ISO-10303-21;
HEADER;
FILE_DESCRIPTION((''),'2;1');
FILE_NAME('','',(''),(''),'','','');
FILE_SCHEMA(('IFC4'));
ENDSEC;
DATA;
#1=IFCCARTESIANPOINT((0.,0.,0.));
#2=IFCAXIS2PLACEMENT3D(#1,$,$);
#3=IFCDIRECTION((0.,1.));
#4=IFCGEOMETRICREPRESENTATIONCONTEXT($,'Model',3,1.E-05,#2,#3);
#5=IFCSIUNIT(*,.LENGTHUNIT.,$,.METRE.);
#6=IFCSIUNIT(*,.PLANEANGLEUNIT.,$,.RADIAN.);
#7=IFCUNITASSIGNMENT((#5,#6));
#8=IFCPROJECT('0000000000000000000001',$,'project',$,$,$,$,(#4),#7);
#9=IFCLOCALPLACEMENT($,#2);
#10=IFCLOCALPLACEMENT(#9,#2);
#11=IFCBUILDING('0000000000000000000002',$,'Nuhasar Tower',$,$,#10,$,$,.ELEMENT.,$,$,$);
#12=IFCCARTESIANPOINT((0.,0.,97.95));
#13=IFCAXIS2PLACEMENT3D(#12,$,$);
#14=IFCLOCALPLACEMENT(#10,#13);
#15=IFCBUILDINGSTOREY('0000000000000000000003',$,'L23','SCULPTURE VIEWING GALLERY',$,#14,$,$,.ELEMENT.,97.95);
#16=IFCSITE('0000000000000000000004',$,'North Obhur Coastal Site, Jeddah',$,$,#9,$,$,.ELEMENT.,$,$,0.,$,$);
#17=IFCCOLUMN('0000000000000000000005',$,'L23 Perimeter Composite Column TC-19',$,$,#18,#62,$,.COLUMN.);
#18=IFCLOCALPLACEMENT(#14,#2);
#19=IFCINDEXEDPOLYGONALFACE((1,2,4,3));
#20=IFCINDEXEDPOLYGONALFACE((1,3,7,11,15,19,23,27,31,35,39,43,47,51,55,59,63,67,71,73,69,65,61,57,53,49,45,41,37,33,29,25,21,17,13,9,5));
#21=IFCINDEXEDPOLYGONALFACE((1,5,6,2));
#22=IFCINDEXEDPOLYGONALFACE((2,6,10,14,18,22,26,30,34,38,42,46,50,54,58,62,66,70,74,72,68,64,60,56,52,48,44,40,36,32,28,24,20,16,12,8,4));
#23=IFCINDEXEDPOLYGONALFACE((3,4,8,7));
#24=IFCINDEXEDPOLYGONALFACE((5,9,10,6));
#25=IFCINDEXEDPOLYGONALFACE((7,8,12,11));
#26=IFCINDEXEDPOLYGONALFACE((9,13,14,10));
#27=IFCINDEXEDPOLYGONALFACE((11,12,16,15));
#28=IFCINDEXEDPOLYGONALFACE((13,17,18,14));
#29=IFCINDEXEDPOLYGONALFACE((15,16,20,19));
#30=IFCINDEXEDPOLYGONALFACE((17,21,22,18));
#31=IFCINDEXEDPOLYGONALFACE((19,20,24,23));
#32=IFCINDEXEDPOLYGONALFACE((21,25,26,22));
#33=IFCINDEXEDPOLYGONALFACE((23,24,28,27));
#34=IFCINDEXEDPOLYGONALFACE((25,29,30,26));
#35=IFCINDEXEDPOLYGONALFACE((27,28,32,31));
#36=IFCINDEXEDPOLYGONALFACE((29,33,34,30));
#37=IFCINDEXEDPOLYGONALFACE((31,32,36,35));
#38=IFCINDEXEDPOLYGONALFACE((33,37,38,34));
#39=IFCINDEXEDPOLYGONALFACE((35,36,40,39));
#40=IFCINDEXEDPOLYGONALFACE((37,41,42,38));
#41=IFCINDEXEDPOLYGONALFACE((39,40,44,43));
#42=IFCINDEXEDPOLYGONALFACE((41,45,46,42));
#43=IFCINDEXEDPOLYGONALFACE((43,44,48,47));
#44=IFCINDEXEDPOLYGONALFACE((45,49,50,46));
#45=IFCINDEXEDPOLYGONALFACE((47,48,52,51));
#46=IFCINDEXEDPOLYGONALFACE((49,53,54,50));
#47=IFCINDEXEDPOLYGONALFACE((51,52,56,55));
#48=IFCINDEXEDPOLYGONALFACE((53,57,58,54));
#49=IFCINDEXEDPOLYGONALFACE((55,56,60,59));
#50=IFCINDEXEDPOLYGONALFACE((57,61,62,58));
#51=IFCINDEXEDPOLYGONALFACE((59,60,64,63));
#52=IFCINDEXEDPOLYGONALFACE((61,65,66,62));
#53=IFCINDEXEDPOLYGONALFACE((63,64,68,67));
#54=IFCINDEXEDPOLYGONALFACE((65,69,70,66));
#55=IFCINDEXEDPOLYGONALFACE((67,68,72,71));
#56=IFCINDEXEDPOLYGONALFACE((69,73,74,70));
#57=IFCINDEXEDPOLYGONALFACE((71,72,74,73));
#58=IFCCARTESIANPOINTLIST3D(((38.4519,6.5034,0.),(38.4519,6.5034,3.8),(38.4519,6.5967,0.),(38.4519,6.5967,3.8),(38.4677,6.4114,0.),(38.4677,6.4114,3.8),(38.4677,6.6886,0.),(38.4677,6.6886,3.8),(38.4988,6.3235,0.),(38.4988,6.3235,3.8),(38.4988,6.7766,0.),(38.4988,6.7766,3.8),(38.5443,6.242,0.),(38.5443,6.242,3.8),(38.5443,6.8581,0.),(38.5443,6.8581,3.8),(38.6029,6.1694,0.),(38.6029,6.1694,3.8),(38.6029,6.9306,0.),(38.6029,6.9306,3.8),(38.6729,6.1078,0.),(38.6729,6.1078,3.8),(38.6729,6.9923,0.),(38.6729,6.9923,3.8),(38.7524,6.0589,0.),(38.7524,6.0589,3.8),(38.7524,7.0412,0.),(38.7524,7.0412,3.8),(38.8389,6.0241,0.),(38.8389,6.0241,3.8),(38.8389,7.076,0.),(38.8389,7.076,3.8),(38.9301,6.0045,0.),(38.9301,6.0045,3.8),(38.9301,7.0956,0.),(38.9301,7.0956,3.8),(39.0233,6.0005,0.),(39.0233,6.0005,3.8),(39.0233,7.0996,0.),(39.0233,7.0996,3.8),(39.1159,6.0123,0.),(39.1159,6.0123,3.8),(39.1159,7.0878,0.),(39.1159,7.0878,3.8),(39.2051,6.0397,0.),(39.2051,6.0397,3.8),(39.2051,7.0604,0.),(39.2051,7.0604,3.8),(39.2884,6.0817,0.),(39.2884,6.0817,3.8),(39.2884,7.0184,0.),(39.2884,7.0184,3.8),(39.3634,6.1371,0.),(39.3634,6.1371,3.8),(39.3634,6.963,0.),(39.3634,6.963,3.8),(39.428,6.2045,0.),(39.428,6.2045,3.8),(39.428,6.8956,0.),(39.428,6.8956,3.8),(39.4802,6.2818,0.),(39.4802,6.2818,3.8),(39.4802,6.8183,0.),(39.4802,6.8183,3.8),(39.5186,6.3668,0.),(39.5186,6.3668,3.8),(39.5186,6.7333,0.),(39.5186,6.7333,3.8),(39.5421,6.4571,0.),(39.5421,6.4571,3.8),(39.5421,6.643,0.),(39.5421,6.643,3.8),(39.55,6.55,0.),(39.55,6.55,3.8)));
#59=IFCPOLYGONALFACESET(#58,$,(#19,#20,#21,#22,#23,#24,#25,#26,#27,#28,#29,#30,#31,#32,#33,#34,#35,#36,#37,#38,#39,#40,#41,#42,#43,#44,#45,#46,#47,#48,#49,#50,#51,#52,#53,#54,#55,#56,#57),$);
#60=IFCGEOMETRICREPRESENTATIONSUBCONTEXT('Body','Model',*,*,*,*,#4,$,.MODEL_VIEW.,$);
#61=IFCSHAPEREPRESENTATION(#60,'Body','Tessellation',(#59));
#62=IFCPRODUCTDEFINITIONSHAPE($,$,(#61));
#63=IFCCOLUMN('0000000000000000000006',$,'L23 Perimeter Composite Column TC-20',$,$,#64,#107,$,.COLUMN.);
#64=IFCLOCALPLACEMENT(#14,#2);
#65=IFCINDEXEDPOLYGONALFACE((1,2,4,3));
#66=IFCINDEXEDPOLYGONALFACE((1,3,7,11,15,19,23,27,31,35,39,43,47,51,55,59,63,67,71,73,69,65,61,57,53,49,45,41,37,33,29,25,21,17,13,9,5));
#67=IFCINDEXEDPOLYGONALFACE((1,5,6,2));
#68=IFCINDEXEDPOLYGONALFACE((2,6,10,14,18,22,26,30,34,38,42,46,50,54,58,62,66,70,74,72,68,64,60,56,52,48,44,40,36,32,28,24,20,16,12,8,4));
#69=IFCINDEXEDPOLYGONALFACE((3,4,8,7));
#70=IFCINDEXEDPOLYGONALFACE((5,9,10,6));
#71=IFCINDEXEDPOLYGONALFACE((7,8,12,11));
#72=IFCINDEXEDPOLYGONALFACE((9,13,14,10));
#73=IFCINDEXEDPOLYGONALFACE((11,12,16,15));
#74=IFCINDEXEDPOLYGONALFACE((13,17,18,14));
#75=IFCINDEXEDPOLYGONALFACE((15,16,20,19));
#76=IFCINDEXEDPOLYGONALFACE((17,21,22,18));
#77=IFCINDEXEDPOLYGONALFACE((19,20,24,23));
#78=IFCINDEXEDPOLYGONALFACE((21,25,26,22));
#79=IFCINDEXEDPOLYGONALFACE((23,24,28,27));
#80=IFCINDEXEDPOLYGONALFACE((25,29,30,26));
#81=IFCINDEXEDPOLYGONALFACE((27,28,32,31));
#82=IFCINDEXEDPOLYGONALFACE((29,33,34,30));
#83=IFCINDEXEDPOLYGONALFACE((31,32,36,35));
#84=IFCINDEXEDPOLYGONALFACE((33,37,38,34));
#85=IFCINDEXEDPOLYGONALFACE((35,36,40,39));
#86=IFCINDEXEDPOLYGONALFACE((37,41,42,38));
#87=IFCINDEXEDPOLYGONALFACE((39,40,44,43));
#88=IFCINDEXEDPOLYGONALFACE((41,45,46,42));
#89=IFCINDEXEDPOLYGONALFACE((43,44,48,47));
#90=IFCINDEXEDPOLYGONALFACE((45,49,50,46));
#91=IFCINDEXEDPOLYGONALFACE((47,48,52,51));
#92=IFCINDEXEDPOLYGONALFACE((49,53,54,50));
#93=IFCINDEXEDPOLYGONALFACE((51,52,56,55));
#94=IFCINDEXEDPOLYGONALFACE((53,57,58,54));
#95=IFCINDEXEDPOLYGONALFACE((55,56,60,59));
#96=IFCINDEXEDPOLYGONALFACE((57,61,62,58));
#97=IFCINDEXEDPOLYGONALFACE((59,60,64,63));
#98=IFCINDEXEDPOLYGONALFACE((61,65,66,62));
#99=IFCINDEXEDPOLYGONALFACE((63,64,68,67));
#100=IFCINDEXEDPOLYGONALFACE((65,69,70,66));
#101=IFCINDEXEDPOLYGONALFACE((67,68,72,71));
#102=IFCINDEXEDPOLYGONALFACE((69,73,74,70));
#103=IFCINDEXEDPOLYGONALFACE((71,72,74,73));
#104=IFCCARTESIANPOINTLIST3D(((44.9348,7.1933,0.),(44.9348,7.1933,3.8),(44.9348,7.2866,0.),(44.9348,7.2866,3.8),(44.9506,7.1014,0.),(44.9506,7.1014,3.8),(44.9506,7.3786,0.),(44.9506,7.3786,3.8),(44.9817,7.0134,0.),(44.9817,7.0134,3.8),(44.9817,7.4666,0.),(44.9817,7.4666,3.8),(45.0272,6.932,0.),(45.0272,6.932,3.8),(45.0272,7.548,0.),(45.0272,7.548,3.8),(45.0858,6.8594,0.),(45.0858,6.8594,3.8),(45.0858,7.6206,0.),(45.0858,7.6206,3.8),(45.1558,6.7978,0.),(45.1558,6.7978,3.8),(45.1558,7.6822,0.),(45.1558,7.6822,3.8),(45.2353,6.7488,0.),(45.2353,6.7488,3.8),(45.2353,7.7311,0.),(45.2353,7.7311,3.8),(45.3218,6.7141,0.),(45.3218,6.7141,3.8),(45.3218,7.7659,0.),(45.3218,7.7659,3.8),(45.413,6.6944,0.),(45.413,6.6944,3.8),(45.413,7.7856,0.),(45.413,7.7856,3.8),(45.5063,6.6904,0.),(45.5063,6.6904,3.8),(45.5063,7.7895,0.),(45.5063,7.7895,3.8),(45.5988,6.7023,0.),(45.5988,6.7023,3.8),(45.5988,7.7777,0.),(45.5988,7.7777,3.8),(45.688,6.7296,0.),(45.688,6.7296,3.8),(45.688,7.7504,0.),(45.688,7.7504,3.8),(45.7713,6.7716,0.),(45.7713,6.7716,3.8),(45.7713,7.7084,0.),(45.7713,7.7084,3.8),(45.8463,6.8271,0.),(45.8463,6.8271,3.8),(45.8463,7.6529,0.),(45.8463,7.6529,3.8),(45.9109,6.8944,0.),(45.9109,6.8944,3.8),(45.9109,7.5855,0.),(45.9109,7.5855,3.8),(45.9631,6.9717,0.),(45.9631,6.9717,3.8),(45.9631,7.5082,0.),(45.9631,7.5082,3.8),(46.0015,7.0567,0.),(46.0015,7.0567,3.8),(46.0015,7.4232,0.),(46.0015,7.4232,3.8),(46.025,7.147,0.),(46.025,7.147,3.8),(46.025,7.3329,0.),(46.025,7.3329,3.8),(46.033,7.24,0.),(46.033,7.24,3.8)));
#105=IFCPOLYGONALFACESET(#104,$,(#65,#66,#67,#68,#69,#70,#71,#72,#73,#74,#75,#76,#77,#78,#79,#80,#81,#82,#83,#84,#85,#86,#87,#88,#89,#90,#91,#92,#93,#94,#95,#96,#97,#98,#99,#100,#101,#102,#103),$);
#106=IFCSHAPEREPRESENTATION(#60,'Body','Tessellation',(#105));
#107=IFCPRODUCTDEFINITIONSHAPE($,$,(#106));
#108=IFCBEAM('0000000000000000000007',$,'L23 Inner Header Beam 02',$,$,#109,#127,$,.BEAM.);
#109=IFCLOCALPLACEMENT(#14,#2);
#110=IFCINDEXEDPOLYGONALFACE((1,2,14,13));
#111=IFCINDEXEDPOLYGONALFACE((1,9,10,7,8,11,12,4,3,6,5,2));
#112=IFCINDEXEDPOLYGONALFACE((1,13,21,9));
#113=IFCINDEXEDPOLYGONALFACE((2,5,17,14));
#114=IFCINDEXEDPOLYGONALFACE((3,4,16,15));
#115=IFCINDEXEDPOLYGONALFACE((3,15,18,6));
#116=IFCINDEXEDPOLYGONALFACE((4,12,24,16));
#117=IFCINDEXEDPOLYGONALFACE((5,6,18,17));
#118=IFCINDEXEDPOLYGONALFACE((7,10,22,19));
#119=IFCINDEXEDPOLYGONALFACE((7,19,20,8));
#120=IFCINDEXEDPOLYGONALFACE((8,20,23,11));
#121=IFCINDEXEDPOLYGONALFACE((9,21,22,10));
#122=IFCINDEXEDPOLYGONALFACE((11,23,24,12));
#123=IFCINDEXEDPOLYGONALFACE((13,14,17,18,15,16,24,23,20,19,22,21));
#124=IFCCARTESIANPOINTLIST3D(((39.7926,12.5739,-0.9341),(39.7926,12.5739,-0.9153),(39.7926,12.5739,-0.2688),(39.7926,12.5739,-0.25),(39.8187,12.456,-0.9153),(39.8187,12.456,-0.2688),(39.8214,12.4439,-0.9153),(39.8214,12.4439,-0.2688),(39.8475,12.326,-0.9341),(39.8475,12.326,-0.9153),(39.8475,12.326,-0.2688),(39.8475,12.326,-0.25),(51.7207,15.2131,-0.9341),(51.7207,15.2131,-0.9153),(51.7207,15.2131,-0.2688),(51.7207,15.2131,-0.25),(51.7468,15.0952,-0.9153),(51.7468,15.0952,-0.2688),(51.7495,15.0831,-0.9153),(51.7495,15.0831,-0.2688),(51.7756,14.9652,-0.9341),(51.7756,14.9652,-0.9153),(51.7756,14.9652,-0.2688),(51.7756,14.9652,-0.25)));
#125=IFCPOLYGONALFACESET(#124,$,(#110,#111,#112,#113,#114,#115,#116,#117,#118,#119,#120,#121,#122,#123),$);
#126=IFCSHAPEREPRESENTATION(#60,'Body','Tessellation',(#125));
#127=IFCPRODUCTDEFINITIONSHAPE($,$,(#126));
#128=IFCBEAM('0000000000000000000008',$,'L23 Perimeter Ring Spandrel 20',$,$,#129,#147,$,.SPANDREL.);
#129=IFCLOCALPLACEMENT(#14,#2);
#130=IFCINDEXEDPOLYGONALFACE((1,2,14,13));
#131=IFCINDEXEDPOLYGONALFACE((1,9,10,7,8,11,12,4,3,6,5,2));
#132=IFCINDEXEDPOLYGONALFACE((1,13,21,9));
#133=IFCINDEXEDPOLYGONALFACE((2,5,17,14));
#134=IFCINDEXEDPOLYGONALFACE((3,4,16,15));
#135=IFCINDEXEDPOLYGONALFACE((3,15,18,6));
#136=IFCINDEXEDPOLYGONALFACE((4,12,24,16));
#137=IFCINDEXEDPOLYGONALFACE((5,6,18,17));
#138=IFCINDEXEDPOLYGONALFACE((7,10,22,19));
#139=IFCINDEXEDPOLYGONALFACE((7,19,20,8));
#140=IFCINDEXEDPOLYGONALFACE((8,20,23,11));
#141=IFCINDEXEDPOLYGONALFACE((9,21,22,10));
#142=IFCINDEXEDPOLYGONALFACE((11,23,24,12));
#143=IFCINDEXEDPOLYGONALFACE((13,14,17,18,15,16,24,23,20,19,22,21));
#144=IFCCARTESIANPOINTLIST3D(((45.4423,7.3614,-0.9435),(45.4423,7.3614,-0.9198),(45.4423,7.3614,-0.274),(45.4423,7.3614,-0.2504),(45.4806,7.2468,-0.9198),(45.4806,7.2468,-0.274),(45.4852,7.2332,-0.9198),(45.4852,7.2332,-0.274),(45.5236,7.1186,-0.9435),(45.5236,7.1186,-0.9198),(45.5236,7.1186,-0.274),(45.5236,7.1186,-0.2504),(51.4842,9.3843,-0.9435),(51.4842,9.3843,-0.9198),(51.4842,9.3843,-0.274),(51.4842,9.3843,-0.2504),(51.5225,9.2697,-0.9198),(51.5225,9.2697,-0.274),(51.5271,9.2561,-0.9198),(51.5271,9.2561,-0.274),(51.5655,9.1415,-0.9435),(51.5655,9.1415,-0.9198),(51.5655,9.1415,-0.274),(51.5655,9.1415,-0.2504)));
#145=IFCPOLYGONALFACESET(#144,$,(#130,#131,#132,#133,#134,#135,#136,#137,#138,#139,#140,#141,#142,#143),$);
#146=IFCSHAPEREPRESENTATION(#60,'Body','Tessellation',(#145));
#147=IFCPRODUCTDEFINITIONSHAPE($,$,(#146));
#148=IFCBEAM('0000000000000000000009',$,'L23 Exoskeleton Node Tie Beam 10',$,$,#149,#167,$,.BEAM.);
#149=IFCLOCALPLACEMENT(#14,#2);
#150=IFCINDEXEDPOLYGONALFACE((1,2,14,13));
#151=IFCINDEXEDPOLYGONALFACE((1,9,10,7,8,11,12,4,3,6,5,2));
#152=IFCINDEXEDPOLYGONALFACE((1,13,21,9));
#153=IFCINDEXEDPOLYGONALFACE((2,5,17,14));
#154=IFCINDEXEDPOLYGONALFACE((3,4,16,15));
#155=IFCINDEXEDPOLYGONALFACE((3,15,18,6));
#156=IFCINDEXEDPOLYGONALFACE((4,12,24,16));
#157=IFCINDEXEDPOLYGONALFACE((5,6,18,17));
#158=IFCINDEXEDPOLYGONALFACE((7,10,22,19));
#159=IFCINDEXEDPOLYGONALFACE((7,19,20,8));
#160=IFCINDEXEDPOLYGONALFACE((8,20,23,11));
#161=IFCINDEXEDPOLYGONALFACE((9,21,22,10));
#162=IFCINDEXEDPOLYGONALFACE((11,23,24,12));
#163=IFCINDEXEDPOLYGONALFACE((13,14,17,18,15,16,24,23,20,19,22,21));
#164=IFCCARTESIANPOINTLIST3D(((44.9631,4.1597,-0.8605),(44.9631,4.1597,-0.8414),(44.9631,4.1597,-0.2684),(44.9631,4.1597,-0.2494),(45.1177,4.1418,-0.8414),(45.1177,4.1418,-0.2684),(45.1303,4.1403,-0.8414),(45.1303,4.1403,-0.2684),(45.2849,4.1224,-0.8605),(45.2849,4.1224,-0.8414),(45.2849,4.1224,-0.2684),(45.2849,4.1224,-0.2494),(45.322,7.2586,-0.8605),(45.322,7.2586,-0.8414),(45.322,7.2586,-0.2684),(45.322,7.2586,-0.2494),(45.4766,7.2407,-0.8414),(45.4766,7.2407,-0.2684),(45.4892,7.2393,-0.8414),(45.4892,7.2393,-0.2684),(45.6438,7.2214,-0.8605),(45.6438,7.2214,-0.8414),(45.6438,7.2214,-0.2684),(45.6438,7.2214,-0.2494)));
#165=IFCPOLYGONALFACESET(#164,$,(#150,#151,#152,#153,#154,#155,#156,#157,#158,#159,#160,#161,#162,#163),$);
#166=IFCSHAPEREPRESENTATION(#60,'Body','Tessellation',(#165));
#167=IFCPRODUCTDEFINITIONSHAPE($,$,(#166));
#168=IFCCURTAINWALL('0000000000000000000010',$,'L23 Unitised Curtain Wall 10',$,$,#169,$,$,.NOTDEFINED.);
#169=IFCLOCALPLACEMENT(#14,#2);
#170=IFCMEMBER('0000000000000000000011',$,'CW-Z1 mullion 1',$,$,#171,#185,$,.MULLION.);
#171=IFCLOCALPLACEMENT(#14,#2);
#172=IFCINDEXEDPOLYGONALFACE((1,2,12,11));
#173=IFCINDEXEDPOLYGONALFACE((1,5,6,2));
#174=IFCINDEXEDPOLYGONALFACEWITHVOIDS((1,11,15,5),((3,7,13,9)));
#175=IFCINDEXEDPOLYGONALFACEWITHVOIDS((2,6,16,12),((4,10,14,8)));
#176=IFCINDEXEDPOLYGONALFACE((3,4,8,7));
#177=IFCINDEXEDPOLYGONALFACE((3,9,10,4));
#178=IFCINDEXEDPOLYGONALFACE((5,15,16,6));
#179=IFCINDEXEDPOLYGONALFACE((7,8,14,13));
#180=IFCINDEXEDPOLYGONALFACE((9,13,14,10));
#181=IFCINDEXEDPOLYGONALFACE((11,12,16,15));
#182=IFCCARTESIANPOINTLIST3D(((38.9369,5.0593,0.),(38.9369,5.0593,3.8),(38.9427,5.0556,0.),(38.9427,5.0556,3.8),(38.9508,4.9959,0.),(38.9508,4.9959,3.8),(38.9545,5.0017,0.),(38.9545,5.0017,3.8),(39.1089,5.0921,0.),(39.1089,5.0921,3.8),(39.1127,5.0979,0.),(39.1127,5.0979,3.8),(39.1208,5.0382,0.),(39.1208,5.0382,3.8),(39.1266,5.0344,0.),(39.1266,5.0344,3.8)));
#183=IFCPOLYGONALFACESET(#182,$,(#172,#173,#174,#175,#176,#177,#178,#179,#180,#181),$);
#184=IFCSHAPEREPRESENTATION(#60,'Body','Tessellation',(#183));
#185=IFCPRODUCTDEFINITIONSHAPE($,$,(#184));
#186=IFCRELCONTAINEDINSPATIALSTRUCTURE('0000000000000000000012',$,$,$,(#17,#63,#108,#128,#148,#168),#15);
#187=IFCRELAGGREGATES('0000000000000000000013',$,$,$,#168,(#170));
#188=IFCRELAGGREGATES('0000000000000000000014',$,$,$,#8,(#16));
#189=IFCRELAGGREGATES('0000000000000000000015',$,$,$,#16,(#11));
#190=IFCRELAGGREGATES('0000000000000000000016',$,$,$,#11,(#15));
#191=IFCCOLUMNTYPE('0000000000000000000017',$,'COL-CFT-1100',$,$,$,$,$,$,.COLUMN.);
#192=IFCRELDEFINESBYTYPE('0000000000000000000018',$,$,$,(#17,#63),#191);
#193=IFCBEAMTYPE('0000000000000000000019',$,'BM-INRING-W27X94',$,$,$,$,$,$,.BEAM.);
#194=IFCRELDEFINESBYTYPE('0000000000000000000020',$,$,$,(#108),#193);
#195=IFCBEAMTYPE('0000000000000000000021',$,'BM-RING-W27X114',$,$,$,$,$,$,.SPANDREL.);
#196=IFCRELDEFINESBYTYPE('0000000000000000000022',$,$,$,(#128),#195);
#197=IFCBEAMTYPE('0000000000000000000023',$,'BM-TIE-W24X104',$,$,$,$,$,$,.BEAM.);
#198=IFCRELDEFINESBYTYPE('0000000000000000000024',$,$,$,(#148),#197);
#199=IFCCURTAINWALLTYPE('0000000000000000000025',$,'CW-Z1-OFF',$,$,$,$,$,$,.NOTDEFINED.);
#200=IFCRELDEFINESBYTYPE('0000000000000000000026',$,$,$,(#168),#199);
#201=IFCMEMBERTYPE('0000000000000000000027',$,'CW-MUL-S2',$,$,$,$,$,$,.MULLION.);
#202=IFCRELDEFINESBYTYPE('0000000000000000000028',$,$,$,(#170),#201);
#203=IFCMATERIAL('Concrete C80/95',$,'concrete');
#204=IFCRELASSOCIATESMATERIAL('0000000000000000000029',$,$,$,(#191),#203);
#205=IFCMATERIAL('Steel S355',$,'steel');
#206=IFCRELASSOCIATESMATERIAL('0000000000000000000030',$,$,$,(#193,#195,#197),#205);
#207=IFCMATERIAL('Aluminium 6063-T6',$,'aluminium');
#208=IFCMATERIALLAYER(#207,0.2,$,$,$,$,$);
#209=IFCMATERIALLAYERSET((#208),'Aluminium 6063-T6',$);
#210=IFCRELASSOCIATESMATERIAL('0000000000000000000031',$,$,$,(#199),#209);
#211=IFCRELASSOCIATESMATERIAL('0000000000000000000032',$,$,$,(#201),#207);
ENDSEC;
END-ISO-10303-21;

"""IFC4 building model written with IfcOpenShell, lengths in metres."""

from ifc_helpers import new_model, si_unit, direction, frame, origin, origin_2d, place, context, subcontext, project, spatial, hollow_rectangle, circle, i_section, extrude, material, layer, layer_set, material_profile, profile_set, type_object, element, aggregate, save


model = new_model("IFC4")

# Units and contexts
model_context = context("Model", 3, precision=1e-05, world=origin(), true_north=direction((0.0, 1.0)))
body_context = subcontext(model_context, "Body", "Model", "MODEL_VIEW")
ifc_project = project(units=[si_unit("LENGTHUNIT", "METRE"), si_unit("PLANEANGLEUNIT", "RADIAN")], contexts=[model_context])

# Site, building, storey
site_placement = place(None, origin())
site = spatial("IfcSite", under=ifc_project, at=site_placement, Name="North Obhur Coastal Site, Jeddah", CompositionType="ELEMENT", RefElevation=0.0)
building_placement = place(site_placement, origin())
building = spatial("IfcBuilding", under=site, at=building_placement, Name="Nuhasar Tower", CompositionType="ELEMENT")
storey_placement = place(building_placement, frame((0.0, 0.0, 97.95)))
storey = spatial("IfcBuildingStorey", under=building, at=storey_placement, Name="L23", Description="SCULPTURE VIEWING GALLERY", CompositionType="ELEMENT", Elevation=97.95)

# Columns
ifc_material_1 = material(Name="Concrete C80/95", Category="concrete")
ifc_material_profile_1 = material_profile(ifc_material_1, circle(Radius=0.55, at=origin_2d()), Name="CFT1100")
ifc_profile_set_1 = profile_set([ifc_material_profile_1], Name="Concrete C80/95")
column_type = type_object("IfcColumnType", Name="COL-CFT-1100", PredefinedType="COLUMN", material=ifc_profile_set_1)
for number, where, z_axis, x_axis, name in (
    (1, (39.0, 6.55, 0.0), (0.0, 0.0, 1.0), (1.0, 0.0, 0.0), "L23 Perimeter Composite Column TC-19"),
    (2, (45.4829, 7.24, 0.0), (0.0, 0.0, 1.0), (1.0, 0.0, 0.0), "L23 Perimeter Composite Column TC-20"),
):
    element("IfcColumn", number, at=place(storey_placement, frame(where, z_axis=z_axis, x_axis=x_axis)), inside=storey, type_object=column_type, Name=name, PredefinedType="COLUMN", context=body_context, shape_type="SweptSolid", body=[
        extrude(circle(Radius=0.55, at=origin_2d()), origin(), (0.0, 0.0, 1.0), 3.8),
    ])

# Beams
ifc_material_2 = material(Name="Steel S355", Category="steel")
ifc_material_profile_2 = material_profile(ifc_material_2, i_section(OverallWidth=0.2539, OverallDepth=0.6841, WebThickness=0.0125, FlangeThickness=0.0188, at=origin_2d()), Name="W27X94")
ifc_profile_set_2 = profile_set([ifc_material_profile_2], Name="Steel S355")
beam_type_1 = type_object("IfcBeamType", Name="BM-INRING-W27X94", PredefinedType="BEAM", material=ifc_profile_set_2)
beam_1_placement = place(storey_placement, frame((39.8201, 12.45, -0.592), z_axis=(0.976386, 0.216033, 0.0), x_axis=(-0.216033, 0.976386, 0.0)))
element("IfcBeam", 3, at=beam_1_placement, inside=storey, type_object=beam_type_1, Name="L23 Inner Header Beam 02", PredefinedType="BEAM", context=body_context, shape_type="SweptSolid", body=[
    extrude(i_section(OverallWidth=0.2539, OverallDepth=0.6841, WebThickness=0.0125, FlangeThickness=0.0188, at=origin_2d()), origin(), (0.0, 0.0, 1.0), 12.2166),
])
ifc_material_profile_3 = material_profile(ifc_material_2, i_section(OverallWidth=0.2561, OverallDepth=0.6931, WebThickness=0.0144, FlangeThickness=0.0237, at=origin_2d()), Name="W27X114")
ifc_profile_set_3 = profile_set([ifc_material_profile_3], Name="Steel S355")
beam_type_2 = type_object("IfcBeamType", Name="BM-RING-W27X114", PredefinedType="SPANDREL", material=ifc_profile_set_3)
beam_2_placement = place(storey_placement, frame((45.4829, 7.24, -0.5969), z_axis=(0.948261, 0.317492, 0.0), x_axis=(-0.317492, 0.948261, 0.0)))
element("IfcBeam", 4, at=beam_2_placement, inside=storey, type_object=beam_type_2, Name="L23 Perimeter Ring Spandrel 20", PredefinedType="SPANDREL", context=body_context, shape_type="SweptSolid", body=[
    extrude(i_section(OverallWidth=0.2561, OverallDepth=0.6931, WebThickness=0.0144, FlangeThickness=0.0237, at=origin_2d()), origin(), (0.0, 0.0, 1.0), 6.3716),
])
ifc_material_profile_4 = material_profile(ifc_material_2, i_section(OverallWidth=0.324, OverallDepth=0.6111, WebThickness=0.0127, FlangeThickness=0.019, at=origin_2d()), Name="W24X104")
ifc_profile_set_4 = profile_set([ifc_material_profile_4], Name="Steel S355")
beam_type_3 = type_object("IfcBeamType", Name="BM-TIE-W24X104", PredefinedType="BEAM", material=ifc_profile_set_4)
beam_3_placement = place(storey_placement, frame((45.4829, 7.24, -0.5549), z_axis=(-0.115043, -0.993361, 0.0), x_axis=(0.993361, -0.115043, 0.0)))
element("IfcBeam", 5, at=beam_3_placement, inside=storey, type_object=beam_type_3, Name="L23 Exoskeleton Node Tie Beam 10", PredefinedType="BEAM", context=body_context, shape_type="SweptSolid", body=[
    extrude(i_section(OverallWidth=0.324, OverallDepth=0.6111, WebThickness=0.0127, FlangeThickness=0.019, at=origin_2d()), origin(), (0.0, 0.0, 1.0), 3.1196),
])

# Curtain wall, member
ifc_material_3 = material(Name="Aluminium 6063-T6", Category="aluminium")
ifc_layer_1 = layer(ifc_material_3, 0.2)
ifc_layer_set_1 = layer_set([ifc_layer_1], Name="Aluminium 6063-T6")
curtain_wall_type = type_object("IfcCurtainWallType", Name="CW-Z1-OFF", PredefinedType="NOTDEFINED", material=ifc_layer_set_1)
curtain_wall_placement = place(storey_placement, origin())
curtain_wall = element("IfcCurtainWall", 6, at=curtain_wall_placement, inside=storey, type_object=curtain_wall_type, Name="L23 Unitised Curtain Wall 10", PredefinedType="NOTDEFINED")
ifc_material_profile_5 = material_profile(ifc_material_3, hollow_rectangle(XDim=0.0649, YDim=0.1799, WallThickness=0.0049, at=origin_2d()), Name="CWM-2")
ifc_profile_set_5 = profile_set([ifc_material_profile_5], Name="Aluminium 6063-T6")
member_type_1 = type_object("IfcMemberType", Name="CW-MUL-S2", PredefinedType="MULLION", material=ifc_profile_set_5)
member_1_placement = place(storey_placement, frame((39.0317, 5.0469, 0.0), z_axis=(0.0, 0.0, 1.0), x_axis=(-0.214399, 0.976746, 0.0)))
member_1 = element("IfcMember", 7, at=member_1_placement, type_object=member_type_1, Name="CW-Z1 mullion 1", PredefinedType="MULLION", context=body_context, shape_type="SweptSolid", body=[
    extrude(hollow_rectangle(XDim=0.0649, YDim=0.1799, WallThickness=0.0049, at=origin_2d()), origin(), (0.0, 0.0, 1.0), 3.8),
])

aggregate(curtain_wall, [member_1])

save(model, "model.ifc")
